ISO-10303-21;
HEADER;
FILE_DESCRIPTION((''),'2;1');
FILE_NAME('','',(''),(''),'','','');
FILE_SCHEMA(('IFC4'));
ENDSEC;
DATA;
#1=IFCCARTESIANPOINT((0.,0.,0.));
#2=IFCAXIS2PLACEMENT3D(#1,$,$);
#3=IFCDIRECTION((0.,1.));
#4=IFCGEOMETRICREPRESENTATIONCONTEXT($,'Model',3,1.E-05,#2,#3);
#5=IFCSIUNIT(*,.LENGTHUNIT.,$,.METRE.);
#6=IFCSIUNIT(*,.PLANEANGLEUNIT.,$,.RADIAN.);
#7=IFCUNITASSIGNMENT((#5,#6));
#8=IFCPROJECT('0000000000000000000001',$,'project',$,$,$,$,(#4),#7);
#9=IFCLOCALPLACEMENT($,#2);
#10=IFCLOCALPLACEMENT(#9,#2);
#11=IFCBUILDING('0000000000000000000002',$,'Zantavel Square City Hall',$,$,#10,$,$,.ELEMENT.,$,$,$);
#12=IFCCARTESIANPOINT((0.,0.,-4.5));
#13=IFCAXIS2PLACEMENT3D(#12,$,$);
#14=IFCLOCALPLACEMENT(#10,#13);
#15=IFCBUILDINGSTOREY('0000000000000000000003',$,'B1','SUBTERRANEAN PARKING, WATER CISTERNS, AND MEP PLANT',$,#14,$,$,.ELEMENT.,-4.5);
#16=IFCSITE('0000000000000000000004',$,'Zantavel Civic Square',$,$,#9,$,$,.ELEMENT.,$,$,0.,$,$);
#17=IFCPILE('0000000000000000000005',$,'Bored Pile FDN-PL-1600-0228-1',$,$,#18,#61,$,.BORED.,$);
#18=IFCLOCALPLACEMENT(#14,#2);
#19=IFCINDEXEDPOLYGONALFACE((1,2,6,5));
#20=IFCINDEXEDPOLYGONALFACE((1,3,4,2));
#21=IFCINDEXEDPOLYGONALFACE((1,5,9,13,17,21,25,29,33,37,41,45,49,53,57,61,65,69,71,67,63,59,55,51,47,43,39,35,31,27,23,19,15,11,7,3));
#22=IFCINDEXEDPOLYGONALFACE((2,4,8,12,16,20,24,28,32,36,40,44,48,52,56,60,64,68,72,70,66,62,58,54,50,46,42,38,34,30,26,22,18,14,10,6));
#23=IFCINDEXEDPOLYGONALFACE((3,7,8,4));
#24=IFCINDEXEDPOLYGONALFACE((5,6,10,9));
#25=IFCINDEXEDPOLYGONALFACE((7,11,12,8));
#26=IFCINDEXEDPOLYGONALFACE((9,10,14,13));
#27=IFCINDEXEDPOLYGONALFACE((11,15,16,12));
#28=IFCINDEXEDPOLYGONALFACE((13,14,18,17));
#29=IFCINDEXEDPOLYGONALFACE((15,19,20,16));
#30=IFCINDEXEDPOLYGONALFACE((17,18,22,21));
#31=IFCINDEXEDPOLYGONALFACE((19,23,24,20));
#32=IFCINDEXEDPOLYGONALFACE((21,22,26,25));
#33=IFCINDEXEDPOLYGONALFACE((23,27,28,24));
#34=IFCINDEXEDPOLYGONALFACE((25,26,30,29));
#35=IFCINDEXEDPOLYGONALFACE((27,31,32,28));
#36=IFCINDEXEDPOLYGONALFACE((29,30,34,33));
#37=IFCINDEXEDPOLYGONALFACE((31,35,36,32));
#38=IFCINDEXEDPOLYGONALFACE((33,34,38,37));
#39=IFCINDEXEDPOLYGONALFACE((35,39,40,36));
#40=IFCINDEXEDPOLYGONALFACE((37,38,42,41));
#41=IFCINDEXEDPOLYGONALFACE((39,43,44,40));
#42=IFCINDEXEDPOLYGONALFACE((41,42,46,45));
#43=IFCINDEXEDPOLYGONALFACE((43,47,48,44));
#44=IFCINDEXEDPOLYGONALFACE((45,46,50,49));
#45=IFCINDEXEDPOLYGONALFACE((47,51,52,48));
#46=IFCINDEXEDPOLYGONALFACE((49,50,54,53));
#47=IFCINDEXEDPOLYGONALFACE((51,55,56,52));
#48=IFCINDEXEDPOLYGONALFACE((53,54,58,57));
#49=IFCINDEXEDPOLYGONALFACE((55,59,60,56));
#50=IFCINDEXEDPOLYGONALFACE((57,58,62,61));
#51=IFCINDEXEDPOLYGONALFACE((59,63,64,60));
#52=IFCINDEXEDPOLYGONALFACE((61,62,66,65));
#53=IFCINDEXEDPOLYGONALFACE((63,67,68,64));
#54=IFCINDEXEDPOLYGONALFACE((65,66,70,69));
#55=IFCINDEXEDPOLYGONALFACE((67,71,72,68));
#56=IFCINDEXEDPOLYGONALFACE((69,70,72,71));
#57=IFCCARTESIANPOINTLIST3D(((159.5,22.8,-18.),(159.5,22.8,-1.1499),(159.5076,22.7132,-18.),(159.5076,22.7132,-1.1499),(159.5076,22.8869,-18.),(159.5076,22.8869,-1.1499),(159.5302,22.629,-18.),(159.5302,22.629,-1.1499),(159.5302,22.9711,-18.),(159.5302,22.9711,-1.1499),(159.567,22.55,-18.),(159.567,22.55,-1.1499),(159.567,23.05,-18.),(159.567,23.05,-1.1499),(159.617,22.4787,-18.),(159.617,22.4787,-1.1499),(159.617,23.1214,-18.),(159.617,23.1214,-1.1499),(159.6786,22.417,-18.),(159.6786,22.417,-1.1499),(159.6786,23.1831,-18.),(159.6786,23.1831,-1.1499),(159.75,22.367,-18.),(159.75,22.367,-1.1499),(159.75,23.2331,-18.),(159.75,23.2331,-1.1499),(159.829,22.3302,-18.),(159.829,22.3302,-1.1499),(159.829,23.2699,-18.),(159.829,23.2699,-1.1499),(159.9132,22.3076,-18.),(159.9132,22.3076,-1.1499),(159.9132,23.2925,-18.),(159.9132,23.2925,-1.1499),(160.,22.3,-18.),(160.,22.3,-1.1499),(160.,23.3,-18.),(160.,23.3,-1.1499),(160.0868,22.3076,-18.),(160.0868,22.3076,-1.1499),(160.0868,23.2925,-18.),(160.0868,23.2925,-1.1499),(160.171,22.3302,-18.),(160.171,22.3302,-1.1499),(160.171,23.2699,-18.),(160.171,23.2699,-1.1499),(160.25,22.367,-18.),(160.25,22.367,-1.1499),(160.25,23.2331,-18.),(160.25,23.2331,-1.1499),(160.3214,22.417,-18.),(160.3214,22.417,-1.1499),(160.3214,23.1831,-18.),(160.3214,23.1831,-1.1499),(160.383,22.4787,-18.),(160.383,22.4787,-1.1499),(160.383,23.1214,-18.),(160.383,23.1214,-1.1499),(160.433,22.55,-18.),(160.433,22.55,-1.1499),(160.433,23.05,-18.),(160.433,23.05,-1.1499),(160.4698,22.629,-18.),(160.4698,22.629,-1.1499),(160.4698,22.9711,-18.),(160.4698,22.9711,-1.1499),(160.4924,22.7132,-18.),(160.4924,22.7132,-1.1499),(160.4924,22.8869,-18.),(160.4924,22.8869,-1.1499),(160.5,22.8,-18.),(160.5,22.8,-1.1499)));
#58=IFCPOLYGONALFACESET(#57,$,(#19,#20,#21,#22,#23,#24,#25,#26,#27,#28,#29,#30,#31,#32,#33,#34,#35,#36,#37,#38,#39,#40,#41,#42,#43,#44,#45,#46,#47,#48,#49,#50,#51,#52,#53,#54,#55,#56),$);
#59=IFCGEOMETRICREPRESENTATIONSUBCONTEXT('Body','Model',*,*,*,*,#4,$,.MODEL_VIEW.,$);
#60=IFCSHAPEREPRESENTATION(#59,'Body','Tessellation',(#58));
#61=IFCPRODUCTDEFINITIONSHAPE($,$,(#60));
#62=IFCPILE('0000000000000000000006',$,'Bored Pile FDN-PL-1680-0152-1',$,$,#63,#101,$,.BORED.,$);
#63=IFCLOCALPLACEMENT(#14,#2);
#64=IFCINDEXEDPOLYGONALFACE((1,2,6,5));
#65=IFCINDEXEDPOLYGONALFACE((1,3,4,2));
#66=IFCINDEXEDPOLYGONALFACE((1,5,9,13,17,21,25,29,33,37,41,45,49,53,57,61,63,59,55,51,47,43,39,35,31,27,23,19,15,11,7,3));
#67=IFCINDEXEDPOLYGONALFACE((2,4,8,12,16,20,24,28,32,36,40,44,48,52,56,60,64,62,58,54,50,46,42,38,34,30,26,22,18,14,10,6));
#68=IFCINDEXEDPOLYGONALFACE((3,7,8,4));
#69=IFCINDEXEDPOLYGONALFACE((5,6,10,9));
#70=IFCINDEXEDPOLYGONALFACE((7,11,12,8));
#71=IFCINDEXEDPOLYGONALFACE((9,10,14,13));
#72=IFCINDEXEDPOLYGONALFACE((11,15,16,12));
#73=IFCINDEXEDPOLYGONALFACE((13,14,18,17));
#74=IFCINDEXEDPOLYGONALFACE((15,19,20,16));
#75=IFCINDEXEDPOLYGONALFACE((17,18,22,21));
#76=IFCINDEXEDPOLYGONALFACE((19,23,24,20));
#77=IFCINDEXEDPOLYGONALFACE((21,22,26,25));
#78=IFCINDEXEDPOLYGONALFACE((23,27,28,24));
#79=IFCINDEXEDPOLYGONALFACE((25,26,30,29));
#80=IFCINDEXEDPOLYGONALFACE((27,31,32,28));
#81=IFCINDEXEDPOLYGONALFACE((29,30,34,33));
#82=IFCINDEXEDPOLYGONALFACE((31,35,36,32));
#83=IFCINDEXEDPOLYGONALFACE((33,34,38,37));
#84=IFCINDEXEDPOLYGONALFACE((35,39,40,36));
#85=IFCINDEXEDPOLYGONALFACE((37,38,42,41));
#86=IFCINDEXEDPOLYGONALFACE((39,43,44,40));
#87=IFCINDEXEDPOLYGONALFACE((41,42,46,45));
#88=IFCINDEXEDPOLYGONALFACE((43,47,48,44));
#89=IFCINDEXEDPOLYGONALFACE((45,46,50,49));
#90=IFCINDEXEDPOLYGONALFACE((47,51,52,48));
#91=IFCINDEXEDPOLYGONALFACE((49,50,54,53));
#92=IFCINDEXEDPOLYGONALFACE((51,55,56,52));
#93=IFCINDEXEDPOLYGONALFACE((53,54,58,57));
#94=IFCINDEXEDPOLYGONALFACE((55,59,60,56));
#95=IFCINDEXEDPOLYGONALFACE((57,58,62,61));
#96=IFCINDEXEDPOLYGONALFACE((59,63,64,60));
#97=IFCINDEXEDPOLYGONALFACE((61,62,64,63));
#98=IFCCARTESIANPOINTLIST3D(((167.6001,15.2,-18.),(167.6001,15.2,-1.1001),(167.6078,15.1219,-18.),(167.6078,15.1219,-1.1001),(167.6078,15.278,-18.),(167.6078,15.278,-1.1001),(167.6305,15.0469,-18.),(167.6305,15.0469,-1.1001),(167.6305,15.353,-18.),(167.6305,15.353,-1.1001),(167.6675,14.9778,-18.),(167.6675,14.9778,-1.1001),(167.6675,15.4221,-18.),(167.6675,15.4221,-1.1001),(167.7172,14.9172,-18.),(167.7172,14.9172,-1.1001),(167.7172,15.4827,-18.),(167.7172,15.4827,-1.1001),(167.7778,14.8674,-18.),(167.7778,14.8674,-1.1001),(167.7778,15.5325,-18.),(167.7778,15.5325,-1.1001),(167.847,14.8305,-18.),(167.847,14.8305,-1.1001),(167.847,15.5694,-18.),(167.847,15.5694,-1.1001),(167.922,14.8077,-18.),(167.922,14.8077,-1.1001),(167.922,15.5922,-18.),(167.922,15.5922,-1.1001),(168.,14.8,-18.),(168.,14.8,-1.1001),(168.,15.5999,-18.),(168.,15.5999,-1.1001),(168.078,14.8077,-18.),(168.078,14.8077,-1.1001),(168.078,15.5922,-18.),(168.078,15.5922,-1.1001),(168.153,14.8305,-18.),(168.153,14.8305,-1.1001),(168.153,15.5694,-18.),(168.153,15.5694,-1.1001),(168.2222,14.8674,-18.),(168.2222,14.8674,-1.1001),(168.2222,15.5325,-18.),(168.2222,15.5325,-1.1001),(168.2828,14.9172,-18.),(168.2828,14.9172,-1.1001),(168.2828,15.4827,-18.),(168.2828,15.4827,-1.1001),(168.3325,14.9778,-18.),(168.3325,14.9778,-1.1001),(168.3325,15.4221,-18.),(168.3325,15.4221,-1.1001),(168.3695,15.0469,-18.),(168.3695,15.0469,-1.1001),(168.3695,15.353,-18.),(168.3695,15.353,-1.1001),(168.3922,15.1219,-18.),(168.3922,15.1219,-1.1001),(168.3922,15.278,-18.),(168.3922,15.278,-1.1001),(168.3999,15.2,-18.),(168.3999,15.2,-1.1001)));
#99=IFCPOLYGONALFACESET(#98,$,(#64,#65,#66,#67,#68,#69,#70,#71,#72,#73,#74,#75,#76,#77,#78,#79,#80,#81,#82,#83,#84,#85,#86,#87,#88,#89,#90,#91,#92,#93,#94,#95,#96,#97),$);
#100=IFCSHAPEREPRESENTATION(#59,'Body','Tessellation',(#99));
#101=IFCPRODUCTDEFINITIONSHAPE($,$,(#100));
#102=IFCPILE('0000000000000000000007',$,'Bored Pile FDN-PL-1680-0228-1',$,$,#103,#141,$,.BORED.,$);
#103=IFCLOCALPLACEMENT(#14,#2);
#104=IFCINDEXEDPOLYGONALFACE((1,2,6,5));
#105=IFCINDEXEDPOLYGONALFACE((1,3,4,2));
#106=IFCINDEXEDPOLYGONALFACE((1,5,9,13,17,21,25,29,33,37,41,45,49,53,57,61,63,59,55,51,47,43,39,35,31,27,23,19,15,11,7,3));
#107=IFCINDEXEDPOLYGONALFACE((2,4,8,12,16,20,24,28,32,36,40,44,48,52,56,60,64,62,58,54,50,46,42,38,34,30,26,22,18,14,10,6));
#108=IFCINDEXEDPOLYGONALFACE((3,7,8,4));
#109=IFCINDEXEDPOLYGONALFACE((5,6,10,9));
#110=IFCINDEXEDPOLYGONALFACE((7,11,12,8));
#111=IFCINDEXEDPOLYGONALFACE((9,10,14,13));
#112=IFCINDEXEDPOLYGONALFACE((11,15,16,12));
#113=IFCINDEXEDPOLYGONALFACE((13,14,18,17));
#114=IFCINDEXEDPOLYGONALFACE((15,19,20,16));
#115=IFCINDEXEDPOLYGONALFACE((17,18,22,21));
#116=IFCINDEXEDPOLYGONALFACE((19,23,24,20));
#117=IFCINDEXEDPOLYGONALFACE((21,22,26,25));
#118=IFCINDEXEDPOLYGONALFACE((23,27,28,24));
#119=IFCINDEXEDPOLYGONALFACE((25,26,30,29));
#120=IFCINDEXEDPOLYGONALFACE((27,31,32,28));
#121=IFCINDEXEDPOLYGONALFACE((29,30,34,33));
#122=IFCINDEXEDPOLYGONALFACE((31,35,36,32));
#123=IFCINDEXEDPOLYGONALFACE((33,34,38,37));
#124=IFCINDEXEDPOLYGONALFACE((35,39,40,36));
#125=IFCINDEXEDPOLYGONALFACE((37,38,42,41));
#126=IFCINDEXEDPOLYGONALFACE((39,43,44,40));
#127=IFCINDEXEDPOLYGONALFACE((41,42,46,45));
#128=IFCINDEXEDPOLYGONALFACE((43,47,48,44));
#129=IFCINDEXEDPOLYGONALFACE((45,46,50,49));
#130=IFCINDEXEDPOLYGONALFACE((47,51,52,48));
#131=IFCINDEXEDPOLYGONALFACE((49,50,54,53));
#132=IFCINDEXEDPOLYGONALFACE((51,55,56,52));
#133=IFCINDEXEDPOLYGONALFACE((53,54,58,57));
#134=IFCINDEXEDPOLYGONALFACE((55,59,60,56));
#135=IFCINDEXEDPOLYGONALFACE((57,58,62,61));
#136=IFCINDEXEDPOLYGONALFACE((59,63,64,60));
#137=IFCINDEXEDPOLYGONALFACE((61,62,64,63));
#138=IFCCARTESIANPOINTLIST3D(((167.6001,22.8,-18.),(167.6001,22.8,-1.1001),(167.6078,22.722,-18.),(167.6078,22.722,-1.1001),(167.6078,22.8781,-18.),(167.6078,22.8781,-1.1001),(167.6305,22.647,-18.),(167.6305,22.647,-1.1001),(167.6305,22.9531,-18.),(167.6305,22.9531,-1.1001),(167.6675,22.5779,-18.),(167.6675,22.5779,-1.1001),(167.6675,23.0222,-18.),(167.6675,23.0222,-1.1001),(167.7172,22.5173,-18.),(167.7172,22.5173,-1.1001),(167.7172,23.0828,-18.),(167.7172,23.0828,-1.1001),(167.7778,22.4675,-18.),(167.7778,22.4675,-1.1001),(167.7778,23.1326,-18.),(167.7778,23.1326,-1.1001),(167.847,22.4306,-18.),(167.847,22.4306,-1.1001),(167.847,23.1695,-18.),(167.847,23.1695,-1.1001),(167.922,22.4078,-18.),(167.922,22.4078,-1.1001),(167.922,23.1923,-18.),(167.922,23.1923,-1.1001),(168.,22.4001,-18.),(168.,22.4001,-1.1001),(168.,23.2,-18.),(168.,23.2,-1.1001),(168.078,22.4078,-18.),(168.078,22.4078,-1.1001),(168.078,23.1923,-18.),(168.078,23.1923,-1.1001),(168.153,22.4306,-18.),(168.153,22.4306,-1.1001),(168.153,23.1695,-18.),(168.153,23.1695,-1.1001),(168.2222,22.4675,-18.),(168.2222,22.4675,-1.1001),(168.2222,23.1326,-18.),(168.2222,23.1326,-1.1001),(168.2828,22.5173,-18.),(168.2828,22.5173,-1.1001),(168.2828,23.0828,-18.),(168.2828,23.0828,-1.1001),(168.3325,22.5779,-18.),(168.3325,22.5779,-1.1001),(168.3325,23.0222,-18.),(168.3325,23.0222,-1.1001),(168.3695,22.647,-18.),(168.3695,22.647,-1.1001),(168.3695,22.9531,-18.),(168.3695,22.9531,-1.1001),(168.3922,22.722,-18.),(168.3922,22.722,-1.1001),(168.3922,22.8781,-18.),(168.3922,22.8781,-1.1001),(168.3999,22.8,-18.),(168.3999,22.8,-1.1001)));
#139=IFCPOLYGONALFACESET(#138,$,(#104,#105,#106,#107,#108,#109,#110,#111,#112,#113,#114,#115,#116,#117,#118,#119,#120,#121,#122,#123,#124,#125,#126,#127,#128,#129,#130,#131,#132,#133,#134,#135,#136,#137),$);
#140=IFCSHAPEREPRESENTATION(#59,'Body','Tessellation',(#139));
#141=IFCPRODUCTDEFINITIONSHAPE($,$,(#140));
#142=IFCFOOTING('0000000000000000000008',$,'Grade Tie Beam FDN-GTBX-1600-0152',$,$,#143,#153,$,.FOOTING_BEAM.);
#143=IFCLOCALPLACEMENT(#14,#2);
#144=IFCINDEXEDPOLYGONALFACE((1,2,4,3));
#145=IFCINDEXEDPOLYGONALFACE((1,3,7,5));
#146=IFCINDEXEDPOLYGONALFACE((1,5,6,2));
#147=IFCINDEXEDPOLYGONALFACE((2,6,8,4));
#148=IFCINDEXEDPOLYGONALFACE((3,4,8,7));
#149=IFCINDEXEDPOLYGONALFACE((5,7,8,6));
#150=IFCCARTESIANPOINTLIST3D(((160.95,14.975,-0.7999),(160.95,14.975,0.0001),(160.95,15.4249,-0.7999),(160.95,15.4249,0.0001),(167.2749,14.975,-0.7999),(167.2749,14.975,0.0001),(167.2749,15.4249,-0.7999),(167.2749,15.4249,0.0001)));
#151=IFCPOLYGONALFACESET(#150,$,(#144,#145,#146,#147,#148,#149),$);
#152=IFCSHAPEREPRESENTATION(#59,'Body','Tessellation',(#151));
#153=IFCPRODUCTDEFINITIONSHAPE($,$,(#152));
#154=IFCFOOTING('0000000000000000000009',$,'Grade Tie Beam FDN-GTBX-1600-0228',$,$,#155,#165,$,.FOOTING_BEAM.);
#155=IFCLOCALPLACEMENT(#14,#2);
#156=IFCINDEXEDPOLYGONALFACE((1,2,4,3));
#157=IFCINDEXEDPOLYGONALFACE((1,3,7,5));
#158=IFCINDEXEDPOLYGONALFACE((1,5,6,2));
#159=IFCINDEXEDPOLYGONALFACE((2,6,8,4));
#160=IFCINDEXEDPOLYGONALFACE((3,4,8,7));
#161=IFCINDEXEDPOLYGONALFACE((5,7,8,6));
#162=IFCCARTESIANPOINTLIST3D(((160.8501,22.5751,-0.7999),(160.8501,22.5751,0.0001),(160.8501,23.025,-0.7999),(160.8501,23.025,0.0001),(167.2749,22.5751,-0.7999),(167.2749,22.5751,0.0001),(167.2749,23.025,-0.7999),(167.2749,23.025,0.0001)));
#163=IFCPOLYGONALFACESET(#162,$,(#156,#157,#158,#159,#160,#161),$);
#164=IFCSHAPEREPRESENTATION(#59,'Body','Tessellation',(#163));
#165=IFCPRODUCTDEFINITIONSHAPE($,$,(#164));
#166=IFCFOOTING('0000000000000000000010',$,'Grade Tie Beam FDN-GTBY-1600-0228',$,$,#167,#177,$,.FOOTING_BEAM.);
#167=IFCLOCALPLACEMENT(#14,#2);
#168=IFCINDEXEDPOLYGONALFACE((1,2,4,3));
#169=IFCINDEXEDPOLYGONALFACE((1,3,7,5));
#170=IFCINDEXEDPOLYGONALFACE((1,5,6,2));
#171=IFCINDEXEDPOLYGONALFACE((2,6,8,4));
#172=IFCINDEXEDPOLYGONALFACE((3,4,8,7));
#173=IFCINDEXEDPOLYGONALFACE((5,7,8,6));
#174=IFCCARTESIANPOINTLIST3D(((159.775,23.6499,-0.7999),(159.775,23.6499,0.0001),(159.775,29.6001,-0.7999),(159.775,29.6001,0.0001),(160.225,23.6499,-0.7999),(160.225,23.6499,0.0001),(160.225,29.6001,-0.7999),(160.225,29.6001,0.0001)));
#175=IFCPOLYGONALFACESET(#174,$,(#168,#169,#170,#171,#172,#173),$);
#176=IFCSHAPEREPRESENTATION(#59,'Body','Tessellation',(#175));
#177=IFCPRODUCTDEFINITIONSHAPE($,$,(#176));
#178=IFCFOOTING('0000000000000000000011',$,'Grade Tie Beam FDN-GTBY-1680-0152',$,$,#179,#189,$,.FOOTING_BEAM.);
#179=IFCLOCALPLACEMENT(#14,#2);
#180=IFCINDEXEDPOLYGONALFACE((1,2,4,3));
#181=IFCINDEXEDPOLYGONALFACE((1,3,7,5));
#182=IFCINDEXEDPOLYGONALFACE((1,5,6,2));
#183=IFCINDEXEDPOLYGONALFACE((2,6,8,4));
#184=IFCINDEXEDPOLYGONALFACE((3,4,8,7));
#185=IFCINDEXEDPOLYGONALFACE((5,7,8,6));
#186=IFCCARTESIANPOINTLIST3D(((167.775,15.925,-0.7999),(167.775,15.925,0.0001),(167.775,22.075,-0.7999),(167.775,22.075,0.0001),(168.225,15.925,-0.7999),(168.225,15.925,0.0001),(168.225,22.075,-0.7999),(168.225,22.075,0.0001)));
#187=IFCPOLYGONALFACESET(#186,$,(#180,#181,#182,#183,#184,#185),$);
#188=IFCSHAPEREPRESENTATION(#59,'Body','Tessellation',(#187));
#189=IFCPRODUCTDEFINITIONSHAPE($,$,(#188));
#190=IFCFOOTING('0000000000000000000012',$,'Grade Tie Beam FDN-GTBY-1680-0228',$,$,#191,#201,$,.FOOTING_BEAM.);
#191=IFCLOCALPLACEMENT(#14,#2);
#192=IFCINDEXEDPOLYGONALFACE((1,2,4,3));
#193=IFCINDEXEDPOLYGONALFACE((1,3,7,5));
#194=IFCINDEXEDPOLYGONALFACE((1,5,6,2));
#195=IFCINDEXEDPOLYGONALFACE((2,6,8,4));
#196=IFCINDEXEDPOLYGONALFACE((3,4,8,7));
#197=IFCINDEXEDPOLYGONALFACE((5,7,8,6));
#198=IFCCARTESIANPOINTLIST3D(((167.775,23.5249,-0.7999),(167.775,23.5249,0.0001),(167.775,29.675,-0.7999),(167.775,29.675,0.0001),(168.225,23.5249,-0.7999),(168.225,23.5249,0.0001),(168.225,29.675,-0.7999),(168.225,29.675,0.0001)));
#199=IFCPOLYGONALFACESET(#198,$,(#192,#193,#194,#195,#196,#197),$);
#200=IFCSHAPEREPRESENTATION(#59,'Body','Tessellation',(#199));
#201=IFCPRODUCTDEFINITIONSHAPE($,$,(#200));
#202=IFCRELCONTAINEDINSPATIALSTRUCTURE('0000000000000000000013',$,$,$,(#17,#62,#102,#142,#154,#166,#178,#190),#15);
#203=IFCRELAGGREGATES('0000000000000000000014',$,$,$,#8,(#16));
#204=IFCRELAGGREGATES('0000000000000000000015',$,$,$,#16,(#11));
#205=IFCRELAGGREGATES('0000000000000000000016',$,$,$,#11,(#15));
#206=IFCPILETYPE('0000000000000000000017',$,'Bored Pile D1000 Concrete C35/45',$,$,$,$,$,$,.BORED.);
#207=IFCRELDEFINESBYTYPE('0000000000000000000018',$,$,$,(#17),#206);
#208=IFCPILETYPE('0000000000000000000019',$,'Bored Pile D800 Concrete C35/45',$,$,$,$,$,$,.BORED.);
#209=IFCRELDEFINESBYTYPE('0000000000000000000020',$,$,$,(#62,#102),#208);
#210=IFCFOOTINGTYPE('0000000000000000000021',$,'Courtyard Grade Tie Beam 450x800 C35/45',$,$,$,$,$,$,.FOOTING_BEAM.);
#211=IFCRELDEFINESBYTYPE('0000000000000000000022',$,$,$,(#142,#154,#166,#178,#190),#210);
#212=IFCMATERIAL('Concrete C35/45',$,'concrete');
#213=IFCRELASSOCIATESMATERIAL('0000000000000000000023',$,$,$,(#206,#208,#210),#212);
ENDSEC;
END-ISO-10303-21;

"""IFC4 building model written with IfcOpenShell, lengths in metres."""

from ifc_helpers import new_model, si_unit, direction, frame, origin, origin_2d, place, context, subcontext, project, spatial, rectangle, circle, extrude, material, material_profile, profile_set, type_object, element, save


model = new_model("IFC4")

# Units and contexts
model_context = context("Model", 3, precision=1e-05, world=origin(), true_north=direction((0.0, 1.0)))
body_context = subcontext(model_context, "Body", "Model", "MODEL_VIEW")
ifc_project = project(units=[si_unit("LENGTHUNIT", "METRE"), si_unit("PLANEANGLEUNIT", "RADIAN")], contexts=[model_context])

# Site, building, storey
site_placement = place(None, origin())
site = spatial("IfcSite", under=ifc_project, at=site_placement, Name="Zantavel Civic Square", CompositionType="ELEMENT", RefElevation=0.0)
building_placement = place(site_placement, origin())
building = spatial("IfcBuilding", under=site, at=building_placement, Name="Zantavel Square City Hall", CompositionType="ELEMENT")
storey_placement = place(building_placement, frame((0.0, 0.0, -4.5)))
storey = spatial("IfcBuildingStorey", under=building, at=storey_placement, Name="B1", Description="SUBTERRANEAN PARKING, WATER CISTERNS, AND MEP PLANT", CompositionType="ELEMENT", Elevation=-4.5)

# Piles
ifc_material_1 = material(Name="Concrete C35/45", Category="concrete")
ifc_material_profile_1 = material_profile(ifc_material_1, circle(Radius=0.5, at=origin_2d()), Name="PILE D1000")
ifc_profile_set_1 = profile_set([ifc_material_profile_1], Name="Concrete C35/45")
pile_type_1 = type_object("IfcPileType", Name="Bored Pile D1000 Concrete C35/45", PredefinedType="BORED", material=ifc_profile_set_1)
pile_placement = place(storey_placement, frame((160.0, 22.8, -1.1499), z_axis=(0.0, 0.0, -1.0), x_axis=(1.0, 0.0, 0.0)))
element("IfcPile", 1, at=pile_placement, inside=storey, type_object=pile_type_1, Name="Bored Pile FDN-PL-1600-0228-1", PredefinedType="BORED", context=body_context, shape_type="SweptSolid", body=[
    extrude(circle(Radius=0.5, at=origin_2d()), origin(), (0.0, 0.0, 1.0), 16.8501),
])
ifc_material_profile_2 = material_profile(ifc_material_1, circle(Radius=0.3999, at=origin_2d()), Name="PILE D800")
ifc_profile_set_2 = profile_set([ifc_material_profile_2], Name="Concrete C35/45")
pile_type_2 = type_object("IfcPileType", Name="Bored Pile D800 Concrete C35/45", PredefinedType="BORED", material=ifc_profile_set_2)
for number, where, z_axis, x_axis, name in (
    (2, (168.0, 15.2, -1.1001), (0.0, 0.0, -1.0), (1.0, 0.0, 0.0), "Bored Pile FDN-PL-1680-0152-1"),
    (3, (168.0, 22.8, -1.1001), (0.0, 0.0, -1.0), (1.0, 0.0, 0.0), "Bored Pile FDN-PL-1680-0228-1"),
):
    element("IfcPile", number, at=place(storey_placement, frame(where, z_axis=z_axis, x_axis=x_axis)), inside=storey, type_object=pile_type_2, Name=name, PredefinedType="BORED", context=body_context, shape_type="SweptSolid", body=[
        extrude(circle(Radius=0.3999, at=origin_2d()), origin(), (0.0, 0.0, 1.0), 16.8999),
    ])

# Footings
ifc_material_profile_3 = material_profile(ifc_material_1, rectangle(XDim=0.45, YDim=0.8, at=origin_2d()), Name="RC 450x800")
ifc_profile_set_3 = profile_set([ifc_material_profile_3], Name="Concrete C35/45")
footing_type_1 = type_object("IfcFootingType", Name="Courtyard Grade Tie Beam 450x800 C35/45", PredefinedType="FOOTING_BEAM", material=ifc_profile_set_3)
footing_1_placement = place(storey_placement, frame((160.95, 15.2, -0.3999), z_axis=(1.0, 0.0, 0.0), x_axis=(0.0, 1.0, 0.0)))
element("IfcFooting", 4, at=footing_1_placement, inside=storey, type_object=footing_type_1, Name="Grade Tie Beam FDN-GTBX-1600-0152", PredefinedType="FOOTING_BEAM", context=body_context, shape_type="SweptSolid", body=[
    extrude(rectangle(XDim=0.45, YDim=0.8, at=origin_2d()), origin(), (0.0, 0.0, 1.0), 6.325),
])
footing_2_placement = place(storey_placement, frame((160.8501, 22.8, -0.3999), z_axis=(1.0, 0.0, 0.0), x_axis=(0.0, 1.0, 0.0)))
element("IfcFooting", 5, at=footing_2_placement, inside=storey, type_object=footing_type_1, Name="Grade Tie Beam FDN-GTBX-1600-0228", PredefinedType="FOOTING_BEAM", context=body_context, shape_type="SweptSolid", body=[
    extrude(rectangle(XDim=0.45, YDim=0.8, at=origin_2d()), origin(), (0.0, 0.0, 1.0), 6.4248),
])
footing_3_placement = place(storey_placement, frame((160.0, 23.6499, -0.3999), z_axis=(0.0, 1.0, 0.0), x_axis=(-1.0, 0.0, 0.0)))
element("IfcFooting", 6, at=footing_3_placement, inside=storey, type_object=footing_type_1, Name="Grade Tie Beam FDN-GTBY-1600-0228", PredefinedType="FOOTING_BEAM", context=body_context, shape_type="SweptSolid", body=[
    extrude(rectangle(XDim=0.45, YDim=0.8, at=origin_2d()), origin(), (0.0, 0.0, 1.0), 5.9502),
])
footing_4_placement = place(storey_placement, frame((168.0, 15.925, -0.3999), z_axis=(0.0, 1.0, 0.0), x_axis=(-1.0, 0.0, 0.0)))
element("IfcFooting", 7, at=footing_4_placement, inside=storey, type_object=footing_type_1, Name="Grade Tie Beam FDN-GTBY-1680-0152", PredefinedType="FOOTING_BEAM", context=body_context, shape_type="SweptSolid", body=[
    extrude(rectangle(XDim=0.45, YDim=0.8, at=origin_2d()), origin(), (0.0, 0.0, 1.0), 6.1499),
])
footing_5_placement = place(storey_placement, frame((168.0, 23.5249, -0.3999), z_axis=(0.0, 1.0, 0.0), x_axis=(-1.0, 0.0, 0.0)))
element("IfcFooting", 8, at=footing_5_placement, inside=storey, type_object=footing_type_1, Name="Grade Tie Beam FDN-GTBY-1680-0228", PredefinedType="FOOTING_BEAM", context=body_context, shape_type="SweptSolid", body=[
    extrude(rectangle(XDim=0.45, YDim=0.8, at=origin_2d()), origin(), (0.0, 0.0, 1.0), 6.1501),
])

save(model, "model.ifc")
